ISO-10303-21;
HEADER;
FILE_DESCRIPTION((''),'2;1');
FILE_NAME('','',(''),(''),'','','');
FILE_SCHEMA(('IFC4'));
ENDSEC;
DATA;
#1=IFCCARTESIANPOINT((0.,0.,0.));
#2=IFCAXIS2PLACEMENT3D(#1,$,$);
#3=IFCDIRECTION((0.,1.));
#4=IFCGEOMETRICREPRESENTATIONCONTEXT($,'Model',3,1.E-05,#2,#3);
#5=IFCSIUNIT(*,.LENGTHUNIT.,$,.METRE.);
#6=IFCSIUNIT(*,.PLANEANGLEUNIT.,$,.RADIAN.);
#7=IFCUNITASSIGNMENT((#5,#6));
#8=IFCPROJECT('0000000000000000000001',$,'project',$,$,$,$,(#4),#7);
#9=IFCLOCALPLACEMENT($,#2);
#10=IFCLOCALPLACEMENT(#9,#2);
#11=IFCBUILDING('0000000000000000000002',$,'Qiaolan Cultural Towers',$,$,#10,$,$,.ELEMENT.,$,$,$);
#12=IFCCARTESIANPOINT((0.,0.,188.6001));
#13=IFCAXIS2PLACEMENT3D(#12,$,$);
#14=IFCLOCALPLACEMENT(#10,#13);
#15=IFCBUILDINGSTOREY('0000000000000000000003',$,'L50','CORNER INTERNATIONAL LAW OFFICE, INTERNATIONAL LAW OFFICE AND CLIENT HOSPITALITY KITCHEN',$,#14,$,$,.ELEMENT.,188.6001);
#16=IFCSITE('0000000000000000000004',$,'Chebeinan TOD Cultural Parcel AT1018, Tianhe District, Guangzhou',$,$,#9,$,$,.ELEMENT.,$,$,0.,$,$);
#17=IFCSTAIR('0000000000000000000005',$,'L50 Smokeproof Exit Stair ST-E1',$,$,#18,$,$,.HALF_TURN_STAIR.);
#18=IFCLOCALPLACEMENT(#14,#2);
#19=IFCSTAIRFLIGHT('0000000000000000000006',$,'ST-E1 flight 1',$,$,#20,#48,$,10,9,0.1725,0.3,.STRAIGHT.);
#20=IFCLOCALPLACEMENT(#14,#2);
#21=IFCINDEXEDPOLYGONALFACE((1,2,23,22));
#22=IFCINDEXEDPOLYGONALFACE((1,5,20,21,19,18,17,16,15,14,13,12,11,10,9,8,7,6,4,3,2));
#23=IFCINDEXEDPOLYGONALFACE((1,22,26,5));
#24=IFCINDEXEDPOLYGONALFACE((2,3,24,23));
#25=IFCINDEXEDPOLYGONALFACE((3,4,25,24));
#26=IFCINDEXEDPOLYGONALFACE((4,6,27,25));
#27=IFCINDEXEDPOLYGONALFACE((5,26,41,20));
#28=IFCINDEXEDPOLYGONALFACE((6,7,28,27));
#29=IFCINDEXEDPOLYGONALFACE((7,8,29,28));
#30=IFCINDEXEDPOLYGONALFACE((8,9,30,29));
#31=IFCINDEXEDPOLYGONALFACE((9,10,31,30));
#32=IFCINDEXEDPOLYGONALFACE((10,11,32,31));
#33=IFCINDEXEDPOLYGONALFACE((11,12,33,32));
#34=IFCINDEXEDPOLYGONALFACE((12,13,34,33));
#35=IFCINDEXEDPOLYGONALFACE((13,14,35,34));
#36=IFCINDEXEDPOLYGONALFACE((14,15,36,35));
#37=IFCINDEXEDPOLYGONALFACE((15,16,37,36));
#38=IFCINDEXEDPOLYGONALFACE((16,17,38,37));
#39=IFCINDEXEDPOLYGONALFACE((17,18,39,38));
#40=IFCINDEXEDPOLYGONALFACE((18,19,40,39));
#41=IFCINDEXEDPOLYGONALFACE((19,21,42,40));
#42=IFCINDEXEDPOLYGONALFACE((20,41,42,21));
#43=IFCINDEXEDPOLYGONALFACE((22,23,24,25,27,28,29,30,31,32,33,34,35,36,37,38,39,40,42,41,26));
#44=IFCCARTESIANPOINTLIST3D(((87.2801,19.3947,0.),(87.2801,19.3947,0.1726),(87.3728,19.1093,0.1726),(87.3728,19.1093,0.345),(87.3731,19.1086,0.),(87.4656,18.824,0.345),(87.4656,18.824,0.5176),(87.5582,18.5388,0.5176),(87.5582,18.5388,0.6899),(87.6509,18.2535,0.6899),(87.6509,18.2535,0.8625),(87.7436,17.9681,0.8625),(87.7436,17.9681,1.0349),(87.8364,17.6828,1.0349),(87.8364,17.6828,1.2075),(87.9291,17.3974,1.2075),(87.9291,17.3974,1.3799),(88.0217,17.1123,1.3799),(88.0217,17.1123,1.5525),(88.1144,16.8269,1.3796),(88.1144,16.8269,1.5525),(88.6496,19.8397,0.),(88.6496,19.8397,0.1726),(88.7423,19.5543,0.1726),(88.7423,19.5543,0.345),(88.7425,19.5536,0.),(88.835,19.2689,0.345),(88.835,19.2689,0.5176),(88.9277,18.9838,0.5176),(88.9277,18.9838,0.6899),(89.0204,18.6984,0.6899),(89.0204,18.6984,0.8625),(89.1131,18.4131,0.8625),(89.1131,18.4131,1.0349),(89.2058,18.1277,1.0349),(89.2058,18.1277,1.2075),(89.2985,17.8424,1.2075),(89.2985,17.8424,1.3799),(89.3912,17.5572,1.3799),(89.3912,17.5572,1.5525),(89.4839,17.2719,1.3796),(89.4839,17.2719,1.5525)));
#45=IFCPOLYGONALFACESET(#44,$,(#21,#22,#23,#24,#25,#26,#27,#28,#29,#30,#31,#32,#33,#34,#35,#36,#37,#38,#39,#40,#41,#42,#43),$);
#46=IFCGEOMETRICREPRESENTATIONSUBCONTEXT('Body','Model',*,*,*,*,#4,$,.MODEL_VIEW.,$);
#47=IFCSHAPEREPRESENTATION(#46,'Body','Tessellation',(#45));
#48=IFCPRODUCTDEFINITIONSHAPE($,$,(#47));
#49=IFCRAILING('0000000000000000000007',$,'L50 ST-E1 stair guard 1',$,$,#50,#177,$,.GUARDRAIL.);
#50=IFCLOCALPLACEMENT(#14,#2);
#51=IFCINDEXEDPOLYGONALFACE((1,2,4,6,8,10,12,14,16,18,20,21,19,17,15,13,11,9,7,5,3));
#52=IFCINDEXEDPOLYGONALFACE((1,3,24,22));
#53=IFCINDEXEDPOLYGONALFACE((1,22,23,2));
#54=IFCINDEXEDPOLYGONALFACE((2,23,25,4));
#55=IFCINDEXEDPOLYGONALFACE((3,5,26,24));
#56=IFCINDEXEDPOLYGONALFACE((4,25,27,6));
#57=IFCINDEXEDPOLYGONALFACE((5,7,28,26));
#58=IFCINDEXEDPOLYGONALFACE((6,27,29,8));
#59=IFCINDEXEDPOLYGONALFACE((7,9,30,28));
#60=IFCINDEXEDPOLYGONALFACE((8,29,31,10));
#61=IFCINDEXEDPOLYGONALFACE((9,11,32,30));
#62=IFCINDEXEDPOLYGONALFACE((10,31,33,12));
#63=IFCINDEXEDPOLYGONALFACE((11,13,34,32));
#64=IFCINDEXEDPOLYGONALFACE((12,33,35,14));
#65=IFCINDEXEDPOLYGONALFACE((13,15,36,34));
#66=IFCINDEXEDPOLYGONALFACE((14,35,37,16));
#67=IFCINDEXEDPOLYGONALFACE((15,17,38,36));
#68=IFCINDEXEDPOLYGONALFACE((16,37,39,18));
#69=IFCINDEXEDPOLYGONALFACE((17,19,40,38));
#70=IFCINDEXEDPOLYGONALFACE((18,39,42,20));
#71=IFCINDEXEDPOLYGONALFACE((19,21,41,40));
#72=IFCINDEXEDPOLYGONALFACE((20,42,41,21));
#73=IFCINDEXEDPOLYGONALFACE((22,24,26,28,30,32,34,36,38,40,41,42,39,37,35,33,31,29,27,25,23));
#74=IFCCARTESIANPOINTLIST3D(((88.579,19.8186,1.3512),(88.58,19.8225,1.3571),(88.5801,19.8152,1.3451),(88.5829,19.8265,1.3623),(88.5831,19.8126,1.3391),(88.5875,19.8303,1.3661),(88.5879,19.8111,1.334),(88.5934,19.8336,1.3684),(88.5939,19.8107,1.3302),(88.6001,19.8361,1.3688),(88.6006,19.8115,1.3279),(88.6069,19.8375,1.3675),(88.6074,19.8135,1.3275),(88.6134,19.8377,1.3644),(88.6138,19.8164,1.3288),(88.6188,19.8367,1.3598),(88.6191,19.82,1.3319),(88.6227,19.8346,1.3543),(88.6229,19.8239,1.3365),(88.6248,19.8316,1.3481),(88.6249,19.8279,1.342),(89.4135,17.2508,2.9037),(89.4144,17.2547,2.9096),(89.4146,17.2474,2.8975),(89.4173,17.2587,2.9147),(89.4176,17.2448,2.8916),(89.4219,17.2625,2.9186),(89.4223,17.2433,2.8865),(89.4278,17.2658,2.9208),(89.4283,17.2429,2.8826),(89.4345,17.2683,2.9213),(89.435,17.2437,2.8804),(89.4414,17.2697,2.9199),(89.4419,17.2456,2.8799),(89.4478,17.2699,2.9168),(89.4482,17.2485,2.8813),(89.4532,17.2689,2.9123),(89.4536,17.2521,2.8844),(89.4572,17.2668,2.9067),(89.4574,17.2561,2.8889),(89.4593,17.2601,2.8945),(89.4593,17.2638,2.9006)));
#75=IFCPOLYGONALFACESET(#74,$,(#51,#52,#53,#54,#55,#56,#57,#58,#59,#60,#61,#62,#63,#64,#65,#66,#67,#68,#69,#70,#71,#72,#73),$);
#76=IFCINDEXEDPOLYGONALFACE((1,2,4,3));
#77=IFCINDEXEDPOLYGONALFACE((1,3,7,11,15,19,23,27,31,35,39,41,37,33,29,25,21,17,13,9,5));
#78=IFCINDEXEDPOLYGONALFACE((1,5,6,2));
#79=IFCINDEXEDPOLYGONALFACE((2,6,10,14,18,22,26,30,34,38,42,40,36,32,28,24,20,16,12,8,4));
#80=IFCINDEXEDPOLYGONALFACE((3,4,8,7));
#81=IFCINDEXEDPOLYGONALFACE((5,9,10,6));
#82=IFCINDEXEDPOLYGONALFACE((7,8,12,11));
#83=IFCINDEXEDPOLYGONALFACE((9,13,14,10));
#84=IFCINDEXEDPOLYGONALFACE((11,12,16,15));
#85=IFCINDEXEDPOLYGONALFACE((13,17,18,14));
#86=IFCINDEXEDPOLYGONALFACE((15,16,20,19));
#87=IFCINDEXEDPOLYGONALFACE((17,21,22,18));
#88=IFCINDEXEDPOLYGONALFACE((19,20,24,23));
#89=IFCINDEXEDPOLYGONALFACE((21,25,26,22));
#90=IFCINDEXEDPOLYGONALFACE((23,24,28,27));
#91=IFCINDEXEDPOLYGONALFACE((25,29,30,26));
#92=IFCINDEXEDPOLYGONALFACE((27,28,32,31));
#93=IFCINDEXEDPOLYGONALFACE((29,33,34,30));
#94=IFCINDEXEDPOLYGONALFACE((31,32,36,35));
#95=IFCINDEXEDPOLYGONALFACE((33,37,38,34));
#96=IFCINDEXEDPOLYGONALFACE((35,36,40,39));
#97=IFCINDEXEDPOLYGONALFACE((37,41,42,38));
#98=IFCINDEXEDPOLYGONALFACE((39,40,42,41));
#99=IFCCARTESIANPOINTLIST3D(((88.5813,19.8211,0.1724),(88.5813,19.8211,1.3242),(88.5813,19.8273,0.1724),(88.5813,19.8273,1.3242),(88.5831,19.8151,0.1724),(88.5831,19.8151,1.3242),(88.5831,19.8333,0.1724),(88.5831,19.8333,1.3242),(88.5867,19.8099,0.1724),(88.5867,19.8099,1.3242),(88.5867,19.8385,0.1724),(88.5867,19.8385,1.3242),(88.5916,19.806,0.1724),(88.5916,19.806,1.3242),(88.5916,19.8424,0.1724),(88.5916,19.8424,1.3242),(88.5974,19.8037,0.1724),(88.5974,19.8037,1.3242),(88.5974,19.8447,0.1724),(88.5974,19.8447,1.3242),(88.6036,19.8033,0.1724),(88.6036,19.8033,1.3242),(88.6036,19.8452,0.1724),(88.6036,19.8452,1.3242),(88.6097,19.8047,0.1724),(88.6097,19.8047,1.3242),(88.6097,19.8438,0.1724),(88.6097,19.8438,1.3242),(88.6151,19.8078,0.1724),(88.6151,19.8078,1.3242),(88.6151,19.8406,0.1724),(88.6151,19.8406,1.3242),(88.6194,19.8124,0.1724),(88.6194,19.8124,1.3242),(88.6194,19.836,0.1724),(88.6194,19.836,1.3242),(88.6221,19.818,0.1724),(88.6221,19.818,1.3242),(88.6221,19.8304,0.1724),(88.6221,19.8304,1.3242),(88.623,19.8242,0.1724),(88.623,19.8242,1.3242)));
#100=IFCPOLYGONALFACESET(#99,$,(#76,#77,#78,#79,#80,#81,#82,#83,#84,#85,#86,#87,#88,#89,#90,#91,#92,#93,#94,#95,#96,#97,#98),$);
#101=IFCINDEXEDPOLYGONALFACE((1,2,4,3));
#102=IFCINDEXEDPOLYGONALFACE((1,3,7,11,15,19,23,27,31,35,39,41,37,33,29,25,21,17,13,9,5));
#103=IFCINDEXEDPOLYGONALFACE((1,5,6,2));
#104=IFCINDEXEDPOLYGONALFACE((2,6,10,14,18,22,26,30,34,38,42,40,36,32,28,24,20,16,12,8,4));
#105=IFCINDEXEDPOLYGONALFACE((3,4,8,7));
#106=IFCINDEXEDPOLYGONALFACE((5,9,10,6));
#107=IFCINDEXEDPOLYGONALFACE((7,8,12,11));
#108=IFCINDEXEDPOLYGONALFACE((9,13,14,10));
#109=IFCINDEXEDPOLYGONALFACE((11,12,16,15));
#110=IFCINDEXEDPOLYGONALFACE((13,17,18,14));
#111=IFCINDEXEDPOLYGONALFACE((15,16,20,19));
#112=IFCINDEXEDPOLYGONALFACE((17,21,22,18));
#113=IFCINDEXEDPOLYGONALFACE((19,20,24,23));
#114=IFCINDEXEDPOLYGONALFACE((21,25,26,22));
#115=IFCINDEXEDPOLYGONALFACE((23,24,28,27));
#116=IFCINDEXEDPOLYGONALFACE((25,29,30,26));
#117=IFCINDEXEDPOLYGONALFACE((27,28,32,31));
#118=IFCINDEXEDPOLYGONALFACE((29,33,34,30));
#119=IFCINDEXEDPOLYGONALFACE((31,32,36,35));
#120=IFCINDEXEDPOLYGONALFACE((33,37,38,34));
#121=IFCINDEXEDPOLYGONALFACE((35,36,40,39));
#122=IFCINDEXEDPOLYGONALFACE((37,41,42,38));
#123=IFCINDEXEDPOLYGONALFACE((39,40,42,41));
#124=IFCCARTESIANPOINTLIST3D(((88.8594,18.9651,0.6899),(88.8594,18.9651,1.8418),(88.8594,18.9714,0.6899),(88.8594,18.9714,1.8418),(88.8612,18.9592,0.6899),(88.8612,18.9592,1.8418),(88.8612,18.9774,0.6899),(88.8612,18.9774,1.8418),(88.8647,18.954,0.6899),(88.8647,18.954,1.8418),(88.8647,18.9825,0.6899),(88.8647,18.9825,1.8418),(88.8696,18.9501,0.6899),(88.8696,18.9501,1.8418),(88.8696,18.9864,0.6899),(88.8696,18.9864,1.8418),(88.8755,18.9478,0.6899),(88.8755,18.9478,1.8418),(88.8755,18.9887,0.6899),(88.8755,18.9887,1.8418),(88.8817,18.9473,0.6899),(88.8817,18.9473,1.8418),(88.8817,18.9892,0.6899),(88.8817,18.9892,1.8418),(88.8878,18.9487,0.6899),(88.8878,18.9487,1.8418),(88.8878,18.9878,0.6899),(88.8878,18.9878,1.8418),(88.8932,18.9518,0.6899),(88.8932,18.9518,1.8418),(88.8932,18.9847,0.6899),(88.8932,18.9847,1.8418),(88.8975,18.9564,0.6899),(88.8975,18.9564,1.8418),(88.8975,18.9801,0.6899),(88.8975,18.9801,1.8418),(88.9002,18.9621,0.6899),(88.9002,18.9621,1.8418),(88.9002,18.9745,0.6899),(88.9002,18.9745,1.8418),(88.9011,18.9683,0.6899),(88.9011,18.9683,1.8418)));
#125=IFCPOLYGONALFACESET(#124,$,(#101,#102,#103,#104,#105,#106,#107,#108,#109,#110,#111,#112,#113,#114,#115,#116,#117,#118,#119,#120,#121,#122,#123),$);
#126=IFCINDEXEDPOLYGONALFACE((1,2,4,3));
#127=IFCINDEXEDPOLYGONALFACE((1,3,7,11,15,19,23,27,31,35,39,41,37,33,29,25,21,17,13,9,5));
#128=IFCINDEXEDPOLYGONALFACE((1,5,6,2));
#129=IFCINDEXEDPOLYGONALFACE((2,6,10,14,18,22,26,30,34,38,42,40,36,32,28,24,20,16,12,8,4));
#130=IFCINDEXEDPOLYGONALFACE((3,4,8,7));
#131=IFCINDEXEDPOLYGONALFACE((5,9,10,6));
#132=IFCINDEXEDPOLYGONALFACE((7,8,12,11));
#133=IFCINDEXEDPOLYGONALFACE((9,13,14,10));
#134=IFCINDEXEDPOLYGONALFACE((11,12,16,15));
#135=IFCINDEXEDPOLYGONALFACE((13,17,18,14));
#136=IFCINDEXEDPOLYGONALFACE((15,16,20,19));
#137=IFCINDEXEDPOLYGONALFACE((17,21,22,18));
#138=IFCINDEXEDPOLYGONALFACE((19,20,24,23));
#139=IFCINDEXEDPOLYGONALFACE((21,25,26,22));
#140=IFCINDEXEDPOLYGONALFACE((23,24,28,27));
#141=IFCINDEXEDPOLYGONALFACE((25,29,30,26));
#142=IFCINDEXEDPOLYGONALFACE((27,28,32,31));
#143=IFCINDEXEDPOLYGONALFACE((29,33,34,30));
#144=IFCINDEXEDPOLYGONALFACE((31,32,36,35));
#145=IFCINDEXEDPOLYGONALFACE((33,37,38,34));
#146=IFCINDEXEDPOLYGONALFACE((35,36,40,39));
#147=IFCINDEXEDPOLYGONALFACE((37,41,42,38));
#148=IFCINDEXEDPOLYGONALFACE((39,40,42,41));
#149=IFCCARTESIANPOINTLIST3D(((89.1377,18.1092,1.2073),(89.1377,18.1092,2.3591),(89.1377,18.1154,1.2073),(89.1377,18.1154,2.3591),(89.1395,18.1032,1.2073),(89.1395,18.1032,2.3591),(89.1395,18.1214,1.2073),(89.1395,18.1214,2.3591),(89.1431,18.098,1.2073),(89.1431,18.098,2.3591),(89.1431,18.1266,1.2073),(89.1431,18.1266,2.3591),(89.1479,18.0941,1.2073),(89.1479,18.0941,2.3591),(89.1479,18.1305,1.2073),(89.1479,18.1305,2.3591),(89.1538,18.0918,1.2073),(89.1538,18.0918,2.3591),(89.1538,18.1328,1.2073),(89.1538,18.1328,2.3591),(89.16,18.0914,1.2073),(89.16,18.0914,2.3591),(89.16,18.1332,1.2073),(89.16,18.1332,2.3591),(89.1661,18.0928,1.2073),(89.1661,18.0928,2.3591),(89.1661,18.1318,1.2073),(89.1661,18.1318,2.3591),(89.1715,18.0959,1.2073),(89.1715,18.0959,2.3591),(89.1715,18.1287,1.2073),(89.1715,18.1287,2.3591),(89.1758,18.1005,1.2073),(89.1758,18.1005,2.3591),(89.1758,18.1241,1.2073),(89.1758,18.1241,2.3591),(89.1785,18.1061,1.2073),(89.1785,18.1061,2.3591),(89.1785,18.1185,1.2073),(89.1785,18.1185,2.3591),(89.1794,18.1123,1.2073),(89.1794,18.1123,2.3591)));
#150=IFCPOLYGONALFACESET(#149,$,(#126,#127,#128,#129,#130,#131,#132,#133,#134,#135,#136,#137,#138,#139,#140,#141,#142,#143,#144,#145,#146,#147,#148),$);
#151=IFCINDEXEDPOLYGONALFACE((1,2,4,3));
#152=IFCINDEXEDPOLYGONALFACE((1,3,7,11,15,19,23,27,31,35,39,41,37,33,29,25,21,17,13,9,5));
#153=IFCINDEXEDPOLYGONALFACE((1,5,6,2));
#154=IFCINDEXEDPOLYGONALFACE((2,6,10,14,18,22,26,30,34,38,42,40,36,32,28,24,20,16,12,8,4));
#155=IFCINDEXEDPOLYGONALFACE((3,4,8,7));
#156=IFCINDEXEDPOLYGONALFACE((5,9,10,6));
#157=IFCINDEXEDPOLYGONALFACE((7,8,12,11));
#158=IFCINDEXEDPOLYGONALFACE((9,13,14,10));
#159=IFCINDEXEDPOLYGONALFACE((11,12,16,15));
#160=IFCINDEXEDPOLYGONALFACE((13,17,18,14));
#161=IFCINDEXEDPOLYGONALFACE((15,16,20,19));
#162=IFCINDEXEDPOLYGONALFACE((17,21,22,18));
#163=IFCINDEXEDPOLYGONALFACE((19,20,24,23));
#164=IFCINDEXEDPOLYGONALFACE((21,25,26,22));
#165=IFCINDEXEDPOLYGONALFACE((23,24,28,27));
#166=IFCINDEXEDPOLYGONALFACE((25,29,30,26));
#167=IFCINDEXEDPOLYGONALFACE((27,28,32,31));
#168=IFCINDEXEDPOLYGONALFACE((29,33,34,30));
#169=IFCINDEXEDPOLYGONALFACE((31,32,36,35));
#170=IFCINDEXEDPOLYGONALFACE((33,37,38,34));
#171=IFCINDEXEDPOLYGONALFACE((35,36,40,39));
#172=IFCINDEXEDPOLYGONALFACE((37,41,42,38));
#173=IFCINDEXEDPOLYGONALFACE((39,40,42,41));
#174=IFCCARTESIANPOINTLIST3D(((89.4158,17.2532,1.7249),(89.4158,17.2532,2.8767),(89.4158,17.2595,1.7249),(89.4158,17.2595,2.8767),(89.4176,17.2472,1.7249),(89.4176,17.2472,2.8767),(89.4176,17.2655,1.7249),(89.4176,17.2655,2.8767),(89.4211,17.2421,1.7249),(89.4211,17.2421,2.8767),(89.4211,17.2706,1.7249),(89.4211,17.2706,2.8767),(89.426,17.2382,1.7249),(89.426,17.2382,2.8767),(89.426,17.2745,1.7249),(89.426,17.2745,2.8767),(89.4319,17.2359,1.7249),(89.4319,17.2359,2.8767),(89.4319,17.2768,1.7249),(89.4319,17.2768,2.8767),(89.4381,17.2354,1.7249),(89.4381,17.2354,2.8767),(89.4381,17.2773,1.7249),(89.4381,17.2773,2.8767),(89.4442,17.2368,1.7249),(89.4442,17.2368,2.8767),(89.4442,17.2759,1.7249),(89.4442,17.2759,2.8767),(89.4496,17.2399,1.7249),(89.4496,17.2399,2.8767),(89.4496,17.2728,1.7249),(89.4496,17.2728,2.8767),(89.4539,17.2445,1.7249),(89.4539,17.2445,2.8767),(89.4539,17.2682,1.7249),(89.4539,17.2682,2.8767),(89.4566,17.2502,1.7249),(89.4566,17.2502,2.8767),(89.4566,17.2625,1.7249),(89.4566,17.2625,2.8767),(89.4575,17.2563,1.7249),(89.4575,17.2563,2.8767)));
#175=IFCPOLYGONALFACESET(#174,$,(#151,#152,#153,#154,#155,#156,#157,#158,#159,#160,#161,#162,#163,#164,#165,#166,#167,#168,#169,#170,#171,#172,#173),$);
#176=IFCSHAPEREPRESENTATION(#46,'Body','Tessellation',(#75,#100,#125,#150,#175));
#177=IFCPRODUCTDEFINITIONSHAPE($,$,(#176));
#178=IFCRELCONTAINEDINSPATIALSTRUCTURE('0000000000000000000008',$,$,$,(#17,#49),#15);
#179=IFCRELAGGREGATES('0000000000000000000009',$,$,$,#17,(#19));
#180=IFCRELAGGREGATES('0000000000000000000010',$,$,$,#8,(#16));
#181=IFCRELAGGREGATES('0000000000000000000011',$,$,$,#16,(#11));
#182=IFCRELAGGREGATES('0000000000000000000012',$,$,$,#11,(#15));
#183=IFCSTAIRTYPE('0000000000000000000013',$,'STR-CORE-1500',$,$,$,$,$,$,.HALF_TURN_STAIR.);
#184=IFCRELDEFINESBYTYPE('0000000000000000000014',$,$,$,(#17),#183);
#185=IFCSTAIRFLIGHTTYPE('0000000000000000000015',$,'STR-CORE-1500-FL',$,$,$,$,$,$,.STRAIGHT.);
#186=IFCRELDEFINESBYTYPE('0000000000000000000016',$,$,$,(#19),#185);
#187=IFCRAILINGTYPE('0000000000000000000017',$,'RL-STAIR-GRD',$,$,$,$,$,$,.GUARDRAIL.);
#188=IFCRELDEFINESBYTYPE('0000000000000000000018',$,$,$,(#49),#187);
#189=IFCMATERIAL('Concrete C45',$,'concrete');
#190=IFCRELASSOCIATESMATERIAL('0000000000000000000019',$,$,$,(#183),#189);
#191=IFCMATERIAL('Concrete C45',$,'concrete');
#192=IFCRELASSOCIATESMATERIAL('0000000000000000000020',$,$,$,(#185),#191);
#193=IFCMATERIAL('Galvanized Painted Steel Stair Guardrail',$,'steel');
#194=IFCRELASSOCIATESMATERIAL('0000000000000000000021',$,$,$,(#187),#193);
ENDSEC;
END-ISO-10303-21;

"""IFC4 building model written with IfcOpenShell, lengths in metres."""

from ifc_helpers import new_model, si_unit, direction, frame, origin, origin_2d, place, context, subcontext, project, spatial, polyline, circle, outline, extrude, material, type_object, element, aggregate, save


model = new_model("IFC4")

# Units and contexts
model_context = context("Model", 3, precision=1e-05, world=origin(), true_north=direction((0.0, 1.0)))
body_context = subcontext(model_context, "Body", "Model", "MODEL_VIEW")
ifc_project = project(units=[si_unit("LENGTHUNIT", "METRE"), si_unit("PLANEANGLEUNIT", "RADIAN")], contexts=[model_context])

# Site, building, storey
site_placement = place(None, origin())
site = spatial("IfcSite", under=ifc_project, at=site_placement, Name="Chebeinan TOD Cultural Parcel AT1018, Tianhe District, Guangzhou", CompositionType="ELEMENT", RefElevation=0.0)
building_placement = place(site_placement, origin())
building = spatial("IfcBuilding", under=site, at=building_placement, Name="Qiaolan Cultural Towers", CompositionType="ELEMENT")
storey_placement = place(building_placement, frame((0.0, 0.0, 188.6001)))
storey = spatial("IfcBuildingStorey", under=building, at=storey_placement, Name="L50", Description="CORNER INTERNATIONAL LAW OFFICE, INTERNATIONAL LAW OFFICE AND CLIENT HOSPITALITY KITCHEN", CompositionType="ELEMENT", Elevation=188.6001)

# Stair, stair flight
ifc_material_1 = material(Name="Concrete C45", Category="concrete")
stair_type = type_object("IfcStairType", Name="STR-CORE-1500", PredefinedType="HALF_TURN_STAIR", material=ifc_material_1)
stair_placement = place(storey_placement, origin())
stair = element("IfcStair", 1, at=stair_placement, inside=storey, type_object=stair_type, Name="L50 Smokeproof Exit Stair ST-E1", PredefinedType="HALF_TURN_STAIR")
ifc_material_2 = material(Name="Concrete C45", Category="concrete")
stair_flight_type = type_object("IfcStairFlightType", Name="STR-CORE-1500-FL", PredefinedType="STRAIGHT", material=ifc_material_2)
stair_flight_placement = place(storey_placement, frame((87.9648, 19.6172, 0.0), z_axis=(0.0, 0.0, 1.0), x_axis=(0.309017, -0.951057, 0.0)))
stair_flight = element("IfcStairFlight", 2, at=stair_flight_placement, type_object=stair_flight_type, Name="ST-E1 flight 1", NumberOfRisers=10, NumberOfTreads=9, PredefinedType="STRAIGHT", RiserHeight=0.1725, TreadLength=0.3, context=body_context, shape_type="SweptSolid", body=[
    extrude(outline(polyline([(0.0, 0.0), (0.0, 0.1726), (0.3, 0.1726), (0.3, 0.345), (0.6001, 0.345), (0.6001, 0.5176), (0.8999, 0.5176), (0.8999, 0.6899), (1.2, 0.6899), (1.2, 0.8625), (1.5, 0.8625), (1.5, 1.0349), (1.8, 1.0349), (1.8, 1.2075), (2.1001, 1.2075), (2.1001, 1.3799), (2.3999, 1.3799), (2.3999, 1.5525), (2.7, 1.5525), (2.7, 1.7251), (2.7, 1.3796), (0.3008, 0.0), (0.0, 0.0)])), frame((0.0, 0.72, 0.0), z_axis=(0.0, -1.0, 0.0), x_axis=(1.0, 0.0, 0.0)), (0.0, 0.0, 1.0), 1.4399),
])
aggregate(stair, [stair_flight])

# Railing
ifc_material_3 = material(Name="Galvanized Painted Steel Stair Guardrail", Category="steel")
railing_type_1 = type_object("IfcRailingType", Name="RL-STAIR-GRD", PredefinedType="GUARDRAIL", material=ifc_material_3)
railing_1_placement = place(storey_placement, frame((88.6021, 19.8242, 0.1724)))
element("IfcRailing", 3, at=railing_1_placement, inside=storey, type_object=railing_type_1, Name="L50 ST-E1 stair guard 1", PredefinedType="GUARDRAIL", context=body_context, shape_type="SweptSolid", body=[
    extrude(circle(Radius=0.0239, at=origin_2d()), frame((0.0, 0.0, 1.1758), z_axis=(0.267926, -0.824471, 0.498461), x_axis=(0.951043, 0.309057, 0.0)), (0.0, 0.0, 1.0), 3.1145),
    extrude(circle(Radius=0.021, at=origin_2d()), origin(), (0.0, 0.0, 1.0), 1.1519),
    extrude(circle(Radius=0.021, at=origin_2d()), frame((0.2781, -0.856, 0.5176)), (0.0, 0.0, 1.0), 1.1519),
    extrude(circle(Radius=0.021, at=origin_2d()), frame((0.5564, -1.7119, 1.0349)), (0.0, 0.0, 1.0), 1.1519),
    extrude(circle(Radius=0.021, at=origin_2d()), frame((0.8345, -2.5679, 1.5525)), (0.0, 0.0, 1.0), 1.1519),
])

save(model, "model.ifc")
